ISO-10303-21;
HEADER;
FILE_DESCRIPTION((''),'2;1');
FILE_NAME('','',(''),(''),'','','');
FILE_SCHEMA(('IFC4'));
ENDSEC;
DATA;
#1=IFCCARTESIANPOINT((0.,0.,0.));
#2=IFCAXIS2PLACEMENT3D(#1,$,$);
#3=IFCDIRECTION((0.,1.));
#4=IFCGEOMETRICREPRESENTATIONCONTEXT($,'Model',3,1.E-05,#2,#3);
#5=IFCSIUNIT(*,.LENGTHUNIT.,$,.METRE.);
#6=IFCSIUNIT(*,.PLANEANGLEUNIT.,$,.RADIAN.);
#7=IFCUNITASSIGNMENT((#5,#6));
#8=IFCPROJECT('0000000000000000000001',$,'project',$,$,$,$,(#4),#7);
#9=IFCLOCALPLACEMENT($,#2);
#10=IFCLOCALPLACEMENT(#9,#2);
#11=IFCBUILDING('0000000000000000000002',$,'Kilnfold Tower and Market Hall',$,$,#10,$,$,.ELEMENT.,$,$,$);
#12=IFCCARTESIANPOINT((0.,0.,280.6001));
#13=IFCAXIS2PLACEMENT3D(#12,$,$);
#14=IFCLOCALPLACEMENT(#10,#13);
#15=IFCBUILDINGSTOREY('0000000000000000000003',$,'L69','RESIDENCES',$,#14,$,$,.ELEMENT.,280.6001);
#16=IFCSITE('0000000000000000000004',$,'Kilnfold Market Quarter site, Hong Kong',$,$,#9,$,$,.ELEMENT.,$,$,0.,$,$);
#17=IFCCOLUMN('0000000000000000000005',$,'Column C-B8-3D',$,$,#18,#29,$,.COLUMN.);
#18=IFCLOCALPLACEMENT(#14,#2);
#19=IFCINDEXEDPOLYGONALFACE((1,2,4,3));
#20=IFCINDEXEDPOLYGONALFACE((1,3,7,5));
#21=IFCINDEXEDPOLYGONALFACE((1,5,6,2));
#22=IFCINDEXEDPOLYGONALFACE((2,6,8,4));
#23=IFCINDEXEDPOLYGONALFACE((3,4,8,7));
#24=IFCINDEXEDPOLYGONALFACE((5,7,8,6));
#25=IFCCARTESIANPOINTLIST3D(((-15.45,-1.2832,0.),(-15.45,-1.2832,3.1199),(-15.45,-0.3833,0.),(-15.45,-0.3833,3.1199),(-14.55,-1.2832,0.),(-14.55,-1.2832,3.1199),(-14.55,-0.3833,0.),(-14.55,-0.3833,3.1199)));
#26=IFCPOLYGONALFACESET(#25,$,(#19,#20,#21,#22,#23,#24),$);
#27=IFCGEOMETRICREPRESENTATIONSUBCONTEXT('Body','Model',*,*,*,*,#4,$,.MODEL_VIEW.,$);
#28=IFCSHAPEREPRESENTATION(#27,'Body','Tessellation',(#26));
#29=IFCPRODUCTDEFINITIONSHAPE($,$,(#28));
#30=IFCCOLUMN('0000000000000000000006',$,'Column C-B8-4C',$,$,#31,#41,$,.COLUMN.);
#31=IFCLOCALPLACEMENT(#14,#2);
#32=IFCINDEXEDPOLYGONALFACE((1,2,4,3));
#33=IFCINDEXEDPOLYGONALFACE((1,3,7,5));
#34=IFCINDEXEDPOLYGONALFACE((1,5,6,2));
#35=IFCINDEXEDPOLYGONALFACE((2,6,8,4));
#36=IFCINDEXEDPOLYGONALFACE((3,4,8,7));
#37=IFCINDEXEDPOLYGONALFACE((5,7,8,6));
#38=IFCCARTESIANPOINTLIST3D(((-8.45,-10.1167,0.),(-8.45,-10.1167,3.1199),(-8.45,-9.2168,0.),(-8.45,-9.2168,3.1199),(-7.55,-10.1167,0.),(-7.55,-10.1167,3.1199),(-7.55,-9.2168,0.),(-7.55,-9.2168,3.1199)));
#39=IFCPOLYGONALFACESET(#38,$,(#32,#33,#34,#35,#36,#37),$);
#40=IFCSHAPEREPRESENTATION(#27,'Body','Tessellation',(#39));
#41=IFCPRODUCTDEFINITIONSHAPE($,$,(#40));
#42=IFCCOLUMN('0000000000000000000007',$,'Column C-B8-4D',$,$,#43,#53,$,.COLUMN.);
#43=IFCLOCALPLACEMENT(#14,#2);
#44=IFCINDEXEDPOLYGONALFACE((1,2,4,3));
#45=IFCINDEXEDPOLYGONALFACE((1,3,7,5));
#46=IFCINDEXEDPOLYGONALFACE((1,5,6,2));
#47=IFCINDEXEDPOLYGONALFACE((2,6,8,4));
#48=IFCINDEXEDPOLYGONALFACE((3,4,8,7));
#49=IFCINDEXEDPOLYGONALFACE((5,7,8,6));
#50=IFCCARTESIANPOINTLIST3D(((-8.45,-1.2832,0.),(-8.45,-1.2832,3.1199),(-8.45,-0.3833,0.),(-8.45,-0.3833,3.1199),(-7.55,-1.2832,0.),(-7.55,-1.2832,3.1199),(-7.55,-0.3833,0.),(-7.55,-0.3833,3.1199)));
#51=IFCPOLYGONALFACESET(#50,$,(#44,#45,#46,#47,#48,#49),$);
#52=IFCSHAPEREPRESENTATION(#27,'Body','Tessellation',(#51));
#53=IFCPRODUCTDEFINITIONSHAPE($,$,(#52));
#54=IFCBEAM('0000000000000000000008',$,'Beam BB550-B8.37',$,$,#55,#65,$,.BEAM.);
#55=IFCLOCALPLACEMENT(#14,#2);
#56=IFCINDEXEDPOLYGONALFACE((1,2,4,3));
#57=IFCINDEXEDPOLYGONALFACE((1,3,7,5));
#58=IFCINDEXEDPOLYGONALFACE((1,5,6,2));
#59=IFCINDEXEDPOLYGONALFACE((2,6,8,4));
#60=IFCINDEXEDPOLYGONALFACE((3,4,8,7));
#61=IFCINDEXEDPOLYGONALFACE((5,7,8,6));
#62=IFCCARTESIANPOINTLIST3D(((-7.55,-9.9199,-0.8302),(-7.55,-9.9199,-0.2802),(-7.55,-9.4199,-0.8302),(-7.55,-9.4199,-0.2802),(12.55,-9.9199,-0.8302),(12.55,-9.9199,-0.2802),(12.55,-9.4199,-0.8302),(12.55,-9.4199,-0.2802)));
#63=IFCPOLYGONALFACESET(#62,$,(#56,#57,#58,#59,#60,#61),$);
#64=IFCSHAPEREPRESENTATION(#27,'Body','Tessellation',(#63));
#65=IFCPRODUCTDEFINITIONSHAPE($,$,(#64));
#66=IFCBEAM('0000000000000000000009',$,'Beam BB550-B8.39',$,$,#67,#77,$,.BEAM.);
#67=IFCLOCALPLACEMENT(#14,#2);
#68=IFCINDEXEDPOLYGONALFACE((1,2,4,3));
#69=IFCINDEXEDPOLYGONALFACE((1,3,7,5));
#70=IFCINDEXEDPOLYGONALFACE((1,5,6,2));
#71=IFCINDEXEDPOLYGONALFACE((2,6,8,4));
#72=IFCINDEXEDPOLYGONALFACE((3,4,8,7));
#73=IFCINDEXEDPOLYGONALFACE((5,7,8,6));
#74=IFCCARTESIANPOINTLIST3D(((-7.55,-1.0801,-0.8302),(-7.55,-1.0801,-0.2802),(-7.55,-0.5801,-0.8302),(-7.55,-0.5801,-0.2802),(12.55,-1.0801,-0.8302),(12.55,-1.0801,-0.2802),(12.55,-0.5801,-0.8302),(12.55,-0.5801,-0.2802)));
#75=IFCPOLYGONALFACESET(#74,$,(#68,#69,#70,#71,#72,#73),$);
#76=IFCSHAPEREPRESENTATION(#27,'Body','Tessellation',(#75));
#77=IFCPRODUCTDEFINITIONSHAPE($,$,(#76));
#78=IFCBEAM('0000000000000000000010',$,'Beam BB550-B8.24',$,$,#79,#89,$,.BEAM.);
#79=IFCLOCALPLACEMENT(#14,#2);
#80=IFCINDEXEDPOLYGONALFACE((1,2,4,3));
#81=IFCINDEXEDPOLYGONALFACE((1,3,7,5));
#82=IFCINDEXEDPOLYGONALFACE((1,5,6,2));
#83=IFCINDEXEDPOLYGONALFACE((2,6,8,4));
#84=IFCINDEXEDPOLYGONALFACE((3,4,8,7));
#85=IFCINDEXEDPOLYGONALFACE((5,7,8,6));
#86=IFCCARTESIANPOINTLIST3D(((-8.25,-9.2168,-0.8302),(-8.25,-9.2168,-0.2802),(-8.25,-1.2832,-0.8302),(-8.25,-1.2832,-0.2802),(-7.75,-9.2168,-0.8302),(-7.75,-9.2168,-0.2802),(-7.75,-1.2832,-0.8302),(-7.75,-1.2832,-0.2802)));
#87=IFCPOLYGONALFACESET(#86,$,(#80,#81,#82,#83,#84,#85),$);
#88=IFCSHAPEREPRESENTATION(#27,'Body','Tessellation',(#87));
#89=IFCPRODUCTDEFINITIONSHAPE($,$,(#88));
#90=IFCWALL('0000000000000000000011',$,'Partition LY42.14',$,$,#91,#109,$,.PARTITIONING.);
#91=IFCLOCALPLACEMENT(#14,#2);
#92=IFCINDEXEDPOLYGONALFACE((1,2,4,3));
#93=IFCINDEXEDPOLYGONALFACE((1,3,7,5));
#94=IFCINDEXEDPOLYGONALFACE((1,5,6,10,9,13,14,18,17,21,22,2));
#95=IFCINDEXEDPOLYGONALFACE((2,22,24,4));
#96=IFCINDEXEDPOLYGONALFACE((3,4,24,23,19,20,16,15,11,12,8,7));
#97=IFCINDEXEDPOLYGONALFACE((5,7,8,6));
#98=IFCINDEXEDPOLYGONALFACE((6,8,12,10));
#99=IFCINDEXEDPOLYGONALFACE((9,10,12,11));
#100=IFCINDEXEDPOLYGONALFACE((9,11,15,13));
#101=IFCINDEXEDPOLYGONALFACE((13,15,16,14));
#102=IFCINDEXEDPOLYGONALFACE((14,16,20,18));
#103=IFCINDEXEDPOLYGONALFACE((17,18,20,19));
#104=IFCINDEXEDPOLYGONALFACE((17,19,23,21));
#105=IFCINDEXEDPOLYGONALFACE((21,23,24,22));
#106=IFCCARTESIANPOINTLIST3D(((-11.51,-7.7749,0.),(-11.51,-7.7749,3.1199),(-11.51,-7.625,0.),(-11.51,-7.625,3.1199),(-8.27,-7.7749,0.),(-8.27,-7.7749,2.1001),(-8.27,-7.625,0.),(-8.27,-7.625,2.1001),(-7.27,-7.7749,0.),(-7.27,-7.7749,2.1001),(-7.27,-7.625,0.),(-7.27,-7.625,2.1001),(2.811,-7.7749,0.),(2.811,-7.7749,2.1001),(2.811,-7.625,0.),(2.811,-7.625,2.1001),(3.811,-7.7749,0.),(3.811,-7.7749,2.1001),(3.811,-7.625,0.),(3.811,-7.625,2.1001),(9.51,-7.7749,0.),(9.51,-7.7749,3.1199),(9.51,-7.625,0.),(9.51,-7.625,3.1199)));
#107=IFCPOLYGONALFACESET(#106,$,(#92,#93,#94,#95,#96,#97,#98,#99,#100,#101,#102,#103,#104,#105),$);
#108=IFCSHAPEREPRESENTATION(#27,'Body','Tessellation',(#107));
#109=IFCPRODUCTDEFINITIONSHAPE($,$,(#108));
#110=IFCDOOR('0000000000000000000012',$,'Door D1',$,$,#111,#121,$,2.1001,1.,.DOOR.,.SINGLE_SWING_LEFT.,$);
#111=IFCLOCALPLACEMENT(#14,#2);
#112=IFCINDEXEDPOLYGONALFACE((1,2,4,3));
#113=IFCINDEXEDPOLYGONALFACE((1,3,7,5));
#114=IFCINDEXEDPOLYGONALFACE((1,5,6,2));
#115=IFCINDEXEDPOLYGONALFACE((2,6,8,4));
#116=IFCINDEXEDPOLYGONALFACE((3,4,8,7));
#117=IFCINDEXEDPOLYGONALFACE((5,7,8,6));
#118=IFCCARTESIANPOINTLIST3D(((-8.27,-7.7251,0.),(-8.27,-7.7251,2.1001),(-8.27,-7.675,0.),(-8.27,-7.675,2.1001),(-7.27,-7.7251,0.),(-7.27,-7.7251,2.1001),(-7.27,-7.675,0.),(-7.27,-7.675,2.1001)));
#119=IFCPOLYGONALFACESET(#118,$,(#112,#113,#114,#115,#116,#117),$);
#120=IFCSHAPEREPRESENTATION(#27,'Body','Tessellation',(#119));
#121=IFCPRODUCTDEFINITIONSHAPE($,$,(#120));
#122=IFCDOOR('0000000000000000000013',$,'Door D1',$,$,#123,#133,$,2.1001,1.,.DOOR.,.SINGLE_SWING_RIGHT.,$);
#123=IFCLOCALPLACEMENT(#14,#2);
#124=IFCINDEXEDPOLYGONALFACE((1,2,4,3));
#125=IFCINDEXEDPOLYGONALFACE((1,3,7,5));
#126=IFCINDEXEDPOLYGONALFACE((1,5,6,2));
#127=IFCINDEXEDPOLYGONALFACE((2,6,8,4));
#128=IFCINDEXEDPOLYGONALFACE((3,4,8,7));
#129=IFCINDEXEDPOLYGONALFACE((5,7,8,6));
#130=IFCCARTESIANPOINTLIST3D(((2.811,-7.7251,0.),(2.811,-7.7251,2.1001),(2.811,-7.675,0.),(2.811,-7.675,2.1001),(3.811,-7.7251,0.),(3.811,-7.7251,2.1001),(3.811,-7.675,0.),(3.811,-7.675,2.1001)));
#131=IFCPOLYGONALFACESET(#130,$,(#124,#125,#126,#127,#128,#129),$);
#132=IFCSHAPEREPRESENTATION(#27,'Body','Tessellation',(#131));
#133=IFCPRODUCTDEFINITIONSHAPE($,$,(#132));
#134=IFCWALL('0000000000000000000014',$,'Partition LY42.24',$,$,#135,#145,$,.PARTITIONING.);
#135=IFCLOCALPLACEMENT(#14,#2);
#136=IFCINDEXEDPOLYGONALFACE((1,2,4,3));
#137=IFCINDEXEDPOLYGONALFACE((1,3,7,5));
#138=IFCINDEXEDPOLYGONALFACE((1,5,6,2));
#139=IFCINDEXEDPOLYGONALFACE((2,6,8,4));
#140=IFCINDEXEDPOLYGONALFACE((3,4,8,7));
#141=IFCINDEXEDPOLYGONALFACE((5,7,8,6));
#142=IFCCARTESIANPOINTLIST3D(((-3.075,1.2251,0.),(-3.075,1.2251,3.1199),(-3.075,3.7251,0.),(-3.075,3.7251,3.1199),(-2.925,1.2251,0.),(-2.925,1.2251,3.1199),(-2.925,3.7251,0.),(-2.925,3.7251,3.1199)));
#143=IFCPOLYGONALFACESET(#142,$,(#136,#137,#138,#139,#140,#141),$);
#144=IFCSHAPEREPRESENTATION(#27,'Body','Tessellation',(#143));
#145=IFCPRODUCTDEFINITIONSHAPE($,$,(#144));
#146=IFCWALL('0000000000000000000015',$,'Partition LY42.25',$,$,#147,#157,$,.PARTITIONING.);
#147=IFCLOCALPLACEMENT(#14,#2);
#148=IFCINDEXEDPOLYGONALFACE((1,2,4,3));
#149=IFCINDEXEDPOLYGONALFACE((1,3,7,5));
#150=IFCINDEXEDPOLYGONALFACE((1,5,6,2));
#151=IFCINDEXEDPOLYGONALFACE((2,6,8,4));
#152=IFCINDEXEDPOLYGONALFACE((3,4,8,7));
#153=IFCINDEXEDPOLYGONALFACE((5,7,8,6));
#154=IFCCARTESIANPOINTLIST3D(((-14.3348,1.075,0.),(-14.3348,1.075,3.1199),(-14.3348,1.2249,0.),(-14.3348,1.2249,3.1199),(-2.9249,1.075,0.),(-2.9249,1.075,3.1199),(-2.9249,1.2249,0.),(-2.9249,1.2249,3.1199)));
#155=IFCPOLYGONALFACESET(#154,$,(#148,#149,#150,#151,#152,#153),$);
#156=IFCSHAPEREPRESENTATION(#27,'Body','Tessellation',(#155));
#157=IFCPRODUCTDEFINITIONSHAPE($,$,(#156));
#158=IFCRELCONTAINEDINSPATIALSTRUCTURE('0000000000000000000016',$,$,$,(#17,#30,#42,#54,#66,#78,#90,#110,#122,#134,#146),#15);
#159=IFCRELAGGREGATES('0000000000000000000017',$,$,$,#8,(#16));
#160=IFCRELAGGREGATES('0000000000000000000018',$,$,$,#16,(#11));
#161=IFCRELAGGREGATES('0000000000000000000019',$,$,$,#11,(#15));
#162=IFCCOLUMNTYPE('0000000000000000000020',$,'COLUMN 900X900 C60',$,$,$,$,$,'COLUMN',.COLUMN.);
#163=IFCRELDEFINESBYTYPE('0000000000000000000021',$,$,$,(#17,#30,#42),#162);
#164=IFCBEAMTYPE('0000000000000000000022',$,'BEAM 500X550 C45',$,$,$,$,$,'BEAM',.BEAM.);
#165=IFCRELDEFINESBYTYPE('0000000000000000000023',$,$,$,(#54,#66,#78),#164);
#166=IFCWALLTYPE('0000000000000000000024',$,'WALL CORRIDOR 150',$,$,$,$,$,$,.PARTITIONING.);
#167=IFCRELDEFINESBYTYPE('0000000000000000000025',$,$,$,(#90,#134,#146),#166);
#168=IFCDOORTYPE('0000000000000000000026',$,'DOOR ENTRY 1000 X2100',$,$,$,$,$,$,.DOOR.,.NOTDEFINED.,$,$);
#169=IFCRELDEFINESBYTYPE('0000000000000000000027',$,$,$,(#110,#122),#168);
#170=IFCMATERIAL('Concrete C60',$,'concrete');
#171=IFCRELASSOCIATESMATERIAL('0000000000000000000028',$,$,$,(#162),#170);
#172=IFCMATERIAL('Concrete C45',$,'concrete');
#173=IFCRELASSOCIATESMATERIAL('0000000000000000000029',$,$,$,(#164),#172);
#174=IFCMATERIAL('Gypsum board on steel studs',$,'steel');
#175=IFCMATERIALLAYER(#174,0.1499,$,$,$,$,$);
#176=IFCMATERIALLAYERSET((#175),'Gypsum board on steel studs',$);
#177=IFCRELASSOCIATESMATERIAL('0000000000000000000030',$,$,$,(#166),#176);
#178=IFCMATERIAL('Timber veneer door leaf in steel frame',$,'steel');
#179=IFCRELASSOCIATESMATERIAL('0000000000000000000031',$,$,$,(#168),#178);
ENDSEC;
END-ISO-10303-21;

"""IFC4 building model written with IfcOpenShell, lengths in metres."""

from ifc_helpers import new_model, si_unit, direction, frame, frame_2d, origin, origin_2d, place, context, subcontext, project, spatial, rectangle, extrude, source, transform, mapped, material, layer, layer_set, material_profile, profile_set, type_object, element, fill, save


model = new_model("IFC4")

# Units and contexts
model_context = context("Model", 3, precision=1e-05, world=origin(), true_north=direction((0.0, 1.0)))
body_context = subcontext(model_context, "Body", "Model", "MODEL_VIEW")
ifc_project = project(units=[si_unit("LENGTHUNIT", "METRE"), si_unit("PLANEANGLEUNIT", "RADIAN")], contexts=[model_context])

# Site, building, storey
site_placement = place(None, origin())
site = spatial("IfcSite", under=ifc_project, at=site_placement, Name="Kilnfold Market Quarter site, Hong Kong", CompositionType="ELEMENT", RefElevation=0.0)
building_placement = place(site_placement, origin())
building = spatial("IfcBuilding", under=site, at=building_placement, Name="Kilnfold Tower and Market Hall", CompositionType="ELEMENT")
storey_placement = place(building_placement, frame((0.0, 0.0, 280.6001)))
storey = spatial("IfcBuildingStorey", under=building, at=storey_placement, Name="L69", Description="RESIDENCES", CompositionType="ELEMENT", Elevation=280.6001)

# Columns
ifc_material_1 = material(Name="Concrete C60", Category="concrete")
ifc_material_profile_1 = material_profile(ifc_material_1, rectangle(XDim=0.8999, YDim=0.8999, at=origin_2d()), Name="RC 900x900")
ifc_profile_set_1 = profile_set([ifc_material_profile_1], Name="Concrete C60")
column_type = type_object("IfcColumnType", Name="COLUMN 900X900 C60", ElementType="COLUMN", PredefinedType="COLUMN", material=ifc_profile_set_1)
shared_shape_1 = source(origin(), body_context, "Body", "SweptSolid", [
    extrude(rectangle(XDim=0.8999, YDim=0.8999, at=origin_2d()), origin(), (0.0, 0.0, 1.0), 3.1199),
])
for number, where, z_axis, x_axis, name in (
    (1, (-15.0, -0.8333, 0.0), (0.0, 0.0, 1.0), (1.0, 0.0, 0.0), "Column C-B8-3D"),
    (2, (-8.0, -9.6667, 0.0), (0.0, 0.0, 1.0), (1.0, 0.0, 0.0), "Column C-B8-4C"),
    (3, (-8.0, -0.8333, 0.0), (0.0, 0.0, 1.0), (1.0, 0.0, 0.0), "Column C-B8-4D"),
):
    element("IfcColumn", number, at=place(storey_placement, frame(where, z_axis=z_axis, x_axis=x_axis)), inside=storey, type_object=column_type, Name=name, PredefinedType="COLUMN", context=body_context, shape_type="MappedRepresentation", body=[
        mapped(shared_shape_1, transform((0.0, 0.0, 0.0))),
    ])

# Beams
ifc_material_2 = material(Name="Concrete C45", Category="concrete")
ifc_material_profile_2 = material_profile(ifc_material_2, rectangle(XDim=0.5, YDim=0.55, at=origin_2d()), Name="RC 500x550")
ifc_profile_set_2 = profile_set([ifc_material_profile_2], Name="Concrete C45")
beam_type = type_object("IfcBeamType", Name="BEAM 500X550 C45", ElementType="BEAM", PredefinedType="BEAM", material=ifc_profile_set_2)
shared_shape_2 = source(origin(), body_context, "Body", "SweptSolid", [
    extrude(rectangle(XDim=0.5, YDim=0.55, at=origin_2d()), origin(), (0.0, 0.0, 1.0), 20.1001),
])
for number, where, z_axis, x_axis, name in (
    (4, (-7.55, -9.6699, -0.5552), (1.0, 0.0, 0.0), (0.0, 1.0, 0.0), "Beam BB550-B8.37"),
    (5, (-7.55, -0.8301, -0.5552), (1.0, 0.0, 0.0), (0.0, 1.0, 0.0), "Beam BB550-B8.39"),
):
    element("IfcBeam", number, at=place(storey_placement, frame(where, z_axis=z_axis, x_axis=x_axis)), inside=storey, type_object=beam_type, Name=name, PredefinedType="BEAM", context=body_context, shape_type="MappedRepresentation", body=[
        mapped(shared_shape_2, transform((0.0, 0.0, 0.0))),
    ])
shared_shape_3 = source(origin(), body_context, "Body", "SweptSolid", [
    extrude(rectangle(XDim=0.5, YDim=0.55, at=origin_2d()), origin(), (0.0, 0.0, 1.0), 7.9336),
])
beam_placement = place(storey_placement, frame((-8.0, -9.2168, -0.5552), z_axis=(0.0, 1.0, 0.0), x_axis=(-1.0, 0.0, 0.0)))
element("IfcBeam", 6, at=beam_placement, inside=storey, type_object=beam_type, Name="Beam BB550-B8.24", PredefinedType="BEAM", context=body_context, shape_type="MappedRepresentation", body=[
    mapped(shared_shape_3, transform((0.0, 0.0, 0.0))),
])

# Wall, openings, doors
ifc_material_3 = material(Name="Gypsum board on steel studs", Category="steel")
ifc_layer_1 = layer(ifc_material_3, 0.1499)
ifc_layer_set_1 = layer_set([ifc_layer_1], Name="Gypsum board on steel studs")
wall_type_1 = type_object("IfcWallType", Name="WALL CORRIDOR 150", PredefinedType="PARTITIONING", material=ifc_layer_set_1)
wall_1_placement = place(storey_placement, frame((-11.51, -7.7, 0.0), z_axis=(0.0, 0.0, 1.0), x_axis=(1.0, 0.0, 0.0)))
wall_1 = element("IfcWall", 7, at=wall_1_placement, inside=storey, type_object=wall_type_1, Name="Partition LY42.14", PredefinedType="PARTITIONING", context=body_context, shape_type="SweptSolid", body=[
    extrude(rectangle(XDim=21.02, YDim=0.1499, at=frame_2d((10.51, 0.0))), origin(), (0.0, 0.0, 1.0), 3.1199),
])
opening_1_placement = place(wall_1_placement, frame((3.24, 0.0, 0.0)))
opening_1 = element("IfcOpeningElement", 8, at=opening_1_placement, cuts=wall_1, PredefinedType="OPENING", context=body_context, shape_type="SweptSolid", body=[
    extrude(rectangle(XDim=1.0, YDim=2.1001, at=frame_2d((0.5, 1.05))), frame((0.0, 0.085, 0.0), z_axis=(0.0, -1.0, 0.0), x_axis=(1.0, 0.0, 0.0)), (0.0, 0.0, 1.0), 0.1699),
])
opening_2_placement = place(wall_1_placement, frame((14.321, 0.0, 0.0)))
opening_2 = element("IfcOpeningElement", 9, at=opening_2_placement, cuts=wall_1, PredefinedType="OPENING", context=body_context, shape_type="SweptSolid", body=[
    extrude(rectangle(XDim=1.0, YDim=2.1001, at=frame_2d((0.5, 1.05))), frame((0.0, 0.085, 0.0), z_axis=(0.0, -1.0, 0.0), x_axis=(1.0, 0.0, 0.0)), (0.0, 0.0, 1.0), 0.1699),
])
ifc_material_4 = material(Name="Timber veneer door leaf in steel frame", Category="steel")
door_type_1 = type_object("IfcDoorType", Name="DOOR ENTRY 1000 X2100", OperationType="NOTDEFINED", PredefinedType="DOOR", material=ifc_material_4)
door_1_placement = place(opening_1_placement, origin())
door_1 = element("IfcDoor", 10, at=door_1_placement, inside=storey, type_object=door_type_1, Name="Door D1", OperationType="SINGLE_SWING_LEFT", OverallHeight=2.1001, OverallWidth=1.0, PredefinedType="DOOR", context=body_context, shape_type="SweptSolid", body=[
    extrude(rectangle(XDim=1.0, YDim=2.1001, at=frame_2d((0.5, 1.05))), frame((0.0, 0.0249, 0.0), z_axis=(0.0, -1.0, 0.0), x_axis=(1.0, 0.0, 0.0)), (0.0, 0.0, 1.0), 0.05),
])
fill(opening_1, door_1)
door_2_placement = place(opening_2_placement, origin())
door_2 = element("IfcDoor", 11, at=door_2_placement, inside=storey, type_object=door_type_1, Name="Door D1", OperationType="SINGLE_SWING_RIGHT", OverallHeight=2.1001, OverallWidth=1.0, PredefinedType="DOOR", context=body_context, shape_type="SweptSolid", body=[
    extrude(rectangle(XDim=1.0, YDim=2.1001, at=frame_2d((0.5, 1.05))), frame((0.0, 0.0249, 0.0), z_axis=(0.0, -1.0, 0.0), x_axis=(1.0, 0.0, 0.0)), (0.0, 0.0, 1.0), 0.05),
])
fill(opening_2, door_2)

# Walls
wall_2_placement = place(storey_placement, frame((-3.0, 1.2251, 0.0), z_axis=(0.0, 0.0, 1.0), x_axis=(0.0, 1.0, 0.0)))
element("IfcWall", 12, at=wall_2_placement, inside=storey, type_object=wall_type_1, Name="Partition LY42.24", PredefinedType="PARTITIONING", context=body_context, shape_type="SweptSolid", body=[
    extrude(rectangle(XDim=2.5, YDim=0.1499, at=frame_2d((1.25, 0.0))), origin(), (0.0, 0.0, 1.0), 3.1199),
])
wall_3_placement = place(storey_placement, frame((-14.335, 1.1499, 0.0), z_axis=(0.0, 0.0, 1.0), x_axis=(1.0, 0.0, 0.0)))
element("IfcWall", 13, at=wall_3_placement, inside=storey, type_object=wall_type_1, Name="Partition LY42.25", PredefinedType="PARTITIONING", context=body_context, shape_type="SweptSolid", body=[
    extrude(rectangle(XDim=11.4099, YDim=0.1499, at=frame_2d((5.7051, 0.0))), origin(), (0.0, 0.0, 1.0), 3.1199),
])

save(model, "model.ifc")
